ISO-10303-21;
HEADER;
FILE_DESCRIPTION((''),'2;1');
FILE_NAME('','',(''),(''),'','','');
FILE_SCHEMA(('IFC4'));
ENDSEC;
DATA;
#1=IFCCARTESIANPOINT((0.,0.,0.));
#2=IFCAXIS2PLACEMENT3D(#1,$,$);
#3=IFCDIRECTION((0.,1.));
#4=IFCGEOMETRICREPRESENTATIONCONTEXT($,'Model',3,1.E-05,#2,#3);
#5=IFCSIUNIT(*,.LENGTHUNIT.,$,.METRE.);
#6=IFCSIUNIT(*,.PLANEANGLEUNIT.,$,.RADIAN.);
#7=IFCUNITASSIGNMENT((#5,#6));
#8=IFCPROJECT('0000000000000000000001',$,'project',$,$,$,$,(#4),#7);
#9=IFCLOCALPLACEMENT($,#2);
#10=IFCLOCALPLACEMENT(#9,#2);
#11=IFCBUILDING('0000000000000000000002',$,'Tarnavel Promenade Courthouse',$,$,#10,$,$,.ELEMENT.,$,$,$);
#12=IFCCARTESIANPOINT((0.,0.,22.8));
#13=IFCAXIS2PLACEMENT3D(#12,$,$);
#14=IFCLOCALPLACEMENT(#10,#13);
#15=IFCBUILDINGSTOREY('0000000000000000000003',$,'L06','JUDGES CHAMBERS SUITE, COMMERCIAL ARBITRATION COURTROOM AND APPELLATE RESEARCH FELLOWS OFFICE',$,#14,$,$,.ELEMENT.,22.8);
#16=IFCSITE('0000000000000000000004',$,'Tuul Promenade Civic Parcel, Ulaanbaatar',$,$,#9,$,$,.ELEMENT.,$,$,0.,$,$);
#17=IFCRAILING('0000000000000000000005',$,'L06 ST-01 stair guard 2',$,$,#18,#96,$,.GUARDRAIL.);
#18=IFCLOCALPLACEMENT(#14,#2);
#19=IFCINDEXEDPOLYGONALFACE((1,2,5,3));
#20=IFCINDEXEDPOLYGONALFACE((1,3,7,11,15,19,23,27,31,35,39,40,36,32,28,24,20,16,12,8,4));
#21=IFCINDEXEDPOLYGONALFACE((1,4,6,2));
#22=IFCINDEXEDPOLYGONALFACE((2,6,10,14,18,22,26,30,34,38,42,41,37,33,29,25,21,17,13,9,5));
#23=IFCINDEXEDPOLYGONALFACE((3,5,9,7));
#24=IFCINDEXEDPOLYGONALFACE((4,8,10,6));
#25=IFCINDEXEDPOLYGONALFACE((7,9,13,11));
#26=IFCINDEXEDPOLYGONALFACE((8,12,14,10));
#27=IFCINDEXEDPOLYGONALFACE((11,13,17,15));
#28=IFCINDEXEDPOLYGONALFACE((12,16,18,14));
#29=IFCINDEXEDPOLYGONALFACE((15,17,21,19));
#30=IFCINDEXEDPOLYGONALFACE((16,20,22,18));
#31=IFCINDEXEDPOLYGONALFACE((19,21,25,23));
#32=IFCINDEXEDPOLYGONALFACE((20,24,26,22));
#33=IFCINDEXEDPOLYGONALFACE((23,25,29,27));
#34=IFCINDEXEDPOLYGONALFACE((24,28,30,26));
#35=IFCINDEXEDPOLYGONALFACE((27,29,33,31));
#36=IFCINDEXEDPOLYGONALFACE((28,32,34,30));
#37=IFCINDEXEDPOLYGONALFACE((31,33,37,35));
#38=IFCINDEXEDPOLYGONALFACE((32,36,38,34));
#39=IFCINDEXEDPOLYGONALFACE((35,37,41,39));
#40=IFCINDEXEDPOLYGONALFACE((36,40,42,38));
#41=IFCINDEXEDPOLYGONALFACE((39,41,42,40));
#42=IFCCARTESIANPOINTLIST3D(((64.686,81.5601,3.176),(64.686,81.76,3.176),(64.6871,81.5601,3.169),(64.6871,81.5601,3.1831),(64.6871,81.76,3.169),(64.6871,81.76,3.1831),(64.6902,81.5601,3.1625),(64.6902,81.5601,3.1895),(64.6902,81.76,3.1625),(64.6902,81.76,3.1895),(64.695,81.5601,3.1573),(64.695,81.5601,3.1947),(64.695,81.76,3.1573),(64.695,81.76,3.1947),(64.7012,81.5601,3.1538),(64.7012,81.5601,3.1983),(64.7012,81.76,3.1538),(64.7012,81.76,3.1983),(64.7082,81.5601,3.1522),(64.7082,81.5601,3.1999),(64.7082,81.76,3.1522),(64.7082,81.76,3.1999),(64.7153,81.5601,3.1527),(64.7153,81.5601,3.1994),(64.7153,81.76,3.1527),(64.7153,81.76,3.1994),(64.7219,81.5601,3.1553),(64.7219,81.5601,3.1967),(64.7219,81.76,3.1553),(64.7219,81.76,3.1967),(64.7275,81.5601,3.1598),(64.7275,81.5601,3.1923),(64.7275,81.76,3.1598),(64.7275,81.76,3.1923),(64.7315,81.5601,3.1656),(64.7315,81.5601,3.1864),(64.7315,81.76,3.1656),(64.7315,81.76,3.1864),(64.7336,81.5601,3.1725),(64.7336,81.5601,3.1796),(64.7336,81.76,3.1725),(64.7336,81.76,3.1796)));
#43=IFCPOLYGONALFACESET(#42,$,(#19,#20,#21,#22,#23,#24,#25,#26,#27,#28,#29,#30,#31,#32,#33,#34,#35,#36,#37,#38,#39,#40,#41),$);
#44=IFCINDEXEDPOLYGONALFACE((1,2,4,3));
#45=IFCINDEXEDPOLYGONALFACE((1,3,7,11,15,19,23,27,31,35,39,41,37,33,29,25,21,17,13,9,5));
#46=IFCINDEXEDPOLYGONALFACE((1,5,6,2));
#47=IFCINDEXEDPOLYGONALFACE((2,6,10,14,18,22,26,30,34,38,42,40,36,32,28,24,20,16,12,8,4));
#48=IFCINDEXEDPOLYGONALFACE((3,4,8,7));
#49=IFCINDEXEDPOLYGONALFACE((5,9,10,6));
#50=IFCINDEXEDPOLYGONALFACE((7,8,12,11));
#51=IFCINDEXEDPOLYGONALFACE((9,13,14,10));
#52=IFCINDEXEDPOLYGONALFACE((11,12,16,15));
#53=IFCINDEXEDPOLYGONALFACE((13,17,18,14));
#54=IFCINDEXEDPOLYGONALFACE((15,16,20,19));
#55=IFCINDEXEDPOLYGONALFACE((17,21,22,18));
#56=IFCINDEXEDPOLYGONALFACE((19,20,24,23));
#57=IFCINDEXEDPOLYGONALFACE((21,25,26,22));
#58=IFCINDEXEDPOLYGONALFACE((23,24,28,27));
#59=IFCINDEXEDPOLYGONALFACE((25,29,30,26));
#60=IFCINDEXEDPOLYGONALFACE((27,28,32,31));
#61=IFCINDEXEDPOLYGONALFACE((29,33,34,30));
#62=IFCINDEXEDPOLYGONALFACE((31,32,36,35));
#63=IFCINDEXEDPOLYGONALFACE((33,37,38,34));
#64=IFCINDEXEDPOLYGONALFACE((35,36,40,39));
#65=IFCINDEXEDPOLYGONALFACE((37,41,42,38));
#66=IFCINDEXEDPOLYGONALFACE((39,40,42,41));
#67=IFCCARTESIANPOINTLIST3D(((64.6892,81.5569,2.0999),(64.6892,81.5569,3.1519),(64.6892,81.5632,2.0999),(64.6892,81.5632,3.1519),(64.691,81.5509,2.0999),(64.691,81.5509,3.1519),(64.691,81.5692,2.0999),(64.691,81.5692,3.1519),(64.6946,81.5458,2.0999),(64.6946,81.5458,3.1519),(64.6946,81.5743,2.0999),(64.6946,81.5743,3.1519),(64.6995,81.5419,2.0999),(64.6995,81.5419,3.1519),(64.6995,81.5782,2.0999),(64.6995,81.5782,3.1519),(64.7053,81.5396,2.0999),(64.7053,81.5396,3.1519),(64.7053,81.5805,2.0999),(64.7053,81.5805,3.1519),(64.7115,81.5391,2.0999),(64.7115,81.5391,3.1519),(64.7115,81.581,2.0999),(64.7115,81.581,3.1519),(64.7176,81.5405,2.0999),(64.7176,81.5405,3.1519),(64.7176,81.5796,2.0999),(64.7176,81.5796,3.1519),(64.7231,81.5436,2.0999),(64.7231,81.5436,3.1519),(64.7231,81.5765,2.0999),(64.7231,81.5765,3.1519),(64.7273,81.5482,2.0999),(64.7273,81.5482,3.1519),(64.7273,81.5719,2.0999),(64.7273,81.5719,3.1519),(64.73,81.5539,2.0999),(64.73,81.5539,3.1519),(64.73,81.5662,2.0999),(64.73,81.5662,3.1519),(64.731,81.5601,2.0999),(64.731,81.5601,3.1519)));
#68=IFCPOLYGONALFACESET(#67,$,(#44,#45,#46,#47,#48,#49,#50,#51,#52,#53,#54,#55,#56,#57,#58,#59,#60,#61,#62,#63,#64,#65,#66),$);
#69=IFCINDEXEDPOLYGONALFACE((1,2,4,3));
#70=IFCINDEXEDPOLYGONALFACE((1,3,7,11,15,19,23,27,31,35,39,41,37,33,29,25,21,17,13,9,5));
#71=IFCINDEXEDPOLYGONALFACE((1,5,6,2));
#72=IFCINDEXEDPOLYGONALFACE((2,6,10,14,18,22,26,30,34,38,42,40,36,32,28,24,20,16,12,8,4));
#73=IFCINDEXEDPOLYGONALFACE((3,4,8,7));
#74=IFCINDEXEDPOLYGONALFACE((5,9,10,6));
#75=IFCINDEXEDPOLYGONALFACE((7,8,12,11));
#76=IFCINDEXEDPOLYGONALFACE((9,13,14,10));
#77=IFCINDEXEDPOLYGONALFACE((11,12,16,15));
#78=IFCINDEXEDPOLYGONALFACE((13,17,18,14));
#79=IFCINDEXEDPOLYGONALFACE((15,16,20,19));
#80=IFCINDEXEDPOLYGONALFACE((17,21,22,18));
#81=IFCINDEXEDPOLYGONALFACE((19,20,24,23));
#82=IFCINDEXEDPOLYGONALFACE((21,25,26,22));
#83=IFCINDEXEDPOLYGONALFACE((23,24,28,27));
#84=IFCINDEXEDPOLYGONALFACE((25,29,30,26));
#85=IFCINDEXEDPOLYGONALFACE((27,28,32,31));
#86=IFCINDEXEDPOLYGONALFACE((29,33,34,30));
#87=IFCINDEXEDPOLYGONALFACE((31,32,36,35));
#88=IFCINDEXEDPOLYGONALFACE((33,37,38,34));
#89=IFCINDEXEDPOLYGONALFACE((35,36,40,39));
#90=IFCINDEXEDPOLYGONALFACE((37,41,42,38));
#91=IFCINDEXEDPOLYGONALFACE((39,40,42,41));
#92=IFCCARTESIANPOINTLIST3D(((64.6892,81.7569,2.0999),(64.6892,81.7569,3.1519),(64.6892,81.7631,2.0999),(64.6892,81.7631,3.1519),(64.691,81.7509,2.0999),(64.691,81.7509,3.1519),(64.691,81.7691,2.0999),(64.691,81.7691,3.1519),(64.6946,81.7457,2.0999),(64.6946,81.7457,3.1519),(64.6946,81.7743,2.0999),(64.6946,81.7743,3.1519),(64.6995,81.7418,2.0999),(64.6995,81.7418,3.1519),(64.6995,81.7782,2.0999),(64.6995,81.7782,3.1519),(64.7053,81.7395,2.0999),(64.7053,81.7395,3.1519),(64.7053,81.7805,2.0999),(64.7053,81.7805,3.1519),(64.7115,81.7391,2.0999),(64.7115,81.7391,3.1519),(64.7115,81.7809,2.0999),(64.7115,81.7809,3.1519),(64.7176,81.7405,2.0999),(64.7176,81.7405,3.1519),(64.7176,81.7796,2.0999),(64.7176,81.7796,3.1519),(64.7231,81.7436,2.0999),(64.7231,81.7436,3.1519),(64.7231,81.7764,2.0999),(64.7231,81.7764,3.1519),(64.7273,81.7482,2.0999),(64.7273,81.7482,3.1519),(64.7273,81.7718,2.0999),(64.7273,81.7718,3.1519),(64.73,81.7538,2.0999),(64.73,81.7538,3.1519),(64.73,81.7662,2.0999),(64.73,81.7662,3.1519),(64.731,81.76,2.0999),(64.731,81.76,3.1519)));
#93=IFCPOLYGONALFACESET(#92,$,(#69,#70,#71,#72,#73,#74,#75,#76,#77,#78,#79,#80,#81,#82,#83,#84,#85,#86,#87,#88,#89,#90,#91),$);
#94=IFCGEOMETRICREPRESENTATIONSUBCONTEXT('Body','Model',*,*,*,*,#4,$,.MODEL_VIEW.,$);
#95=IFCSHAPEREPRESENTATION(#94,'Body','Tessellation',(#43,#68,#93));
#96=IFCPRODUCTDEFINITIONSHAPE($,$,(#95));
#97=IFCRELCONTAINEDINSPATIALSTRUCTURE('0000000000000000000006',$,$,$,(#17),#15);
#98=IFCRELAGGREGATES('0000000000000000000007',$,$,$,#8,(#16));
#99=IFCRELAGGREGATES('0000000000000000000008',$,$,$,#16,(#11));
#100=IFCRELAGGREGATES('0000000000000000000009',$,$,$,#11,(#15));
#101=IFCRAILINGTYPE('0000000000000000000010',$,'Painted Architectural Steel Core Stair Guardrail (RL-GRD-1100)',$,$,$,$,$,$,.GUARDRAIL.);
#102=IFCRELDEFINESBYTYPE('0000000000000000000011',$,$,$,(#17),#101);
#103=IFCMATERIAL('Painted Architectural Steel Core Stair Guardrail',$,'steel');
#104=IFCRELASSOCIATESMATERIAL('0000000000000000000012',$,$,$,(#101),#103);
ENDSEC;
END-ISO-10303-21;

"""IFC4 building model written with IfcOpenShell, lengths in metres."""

from ifc_helpers import new_model, si_unit, direction, frame, origin, origin_2d, place, context, subcontext, project, spatial, circle, extrude, material, type_object, element, save


model = new_model("IFC4")

# Units and contexts
model_context = context("Model", 3, precision=1e-05, world=origin(), true_north=direction((0.0, 1.0)))
body_context = subcontext(model_context, "Body", "Model", "MODEL_VIEW")
ifc_project = project(units=[si_unit("LENGTHUNIT", "METRE"), si_unit("PLANEANGLEUNIT", "RADIAN")], contexts=[model_context])

# Site, building, storey
site_placement = place(None, origin())
site = spatial("IfcSite", under=ifc_project, at=site_placement, Name="Tuul Promenade Civic Parcel, Ulaanbaatar", CompositionType="ELEMENT", RefElevation=0.0)
building_placement = place(site_placement, origin())
building = spatial("IfcBuilding", under=site, at=building_placement, Name="Tarnavel Promenade Courthouse", CompositionType="ELEMENT")
storey_placement = place(building_placement, frame((0.0, 0.0, 22.8)))
storey = spatial("IfcBuildingStorey", under=building, at=storey_placement, Name="L06", Description="JUDGES CHAMBERS SUITE, COMMERCIAL ARBITRATION COURTROOM AND APPELLATE RESEARCH FELLOWS OFFICE", CompositionType="ELEMENT", Elevation=22.8)

# Railing
ifc_material_1 = material(Name="Painted Architectural Steel Core Stair Guardrail", Category="steel")
railing_type_1 = type_object("IfcRailingType", Name="Painted Architectural Steel Core Stair Guardrail (RL-GRD-1100)", PredefinedType="GUARDRAIL", material=ifc_material_1)
railing_1_placement = place(storey_placement, frame((64.71, 81.5601, 2.0999)))
element("IfcRailing", 1, at=railing_1_placement, inside=storey, type_object=railing_type_1, Name="L06 ST-01 stair guard 2", PredefinedType="GUARDRAIL", context=body_context, shape_type="SweptSolid", body=[
    extrude(circle(Radius=0.0239, at=origin_2d()), frame((0.0, 0.0, 1.0762), z_axis=(0.0, 1.0, 0.0), x_axis=(-1.0, 0.0, 0.0)), (0.0, 0.0, 1.0), 0.2),
    extrude(circle(Radius=0.021, at=origin_2d()), origin(), (0.0, 0.0, 1.0), 1.052),
    extrude(circle(Radius=0.021, at=origin_2d()), frame((0.0, 0.2, 0.0)), (0.0, 0.0, 1.0), 1.052),
])

save(model, "model.ifc")
